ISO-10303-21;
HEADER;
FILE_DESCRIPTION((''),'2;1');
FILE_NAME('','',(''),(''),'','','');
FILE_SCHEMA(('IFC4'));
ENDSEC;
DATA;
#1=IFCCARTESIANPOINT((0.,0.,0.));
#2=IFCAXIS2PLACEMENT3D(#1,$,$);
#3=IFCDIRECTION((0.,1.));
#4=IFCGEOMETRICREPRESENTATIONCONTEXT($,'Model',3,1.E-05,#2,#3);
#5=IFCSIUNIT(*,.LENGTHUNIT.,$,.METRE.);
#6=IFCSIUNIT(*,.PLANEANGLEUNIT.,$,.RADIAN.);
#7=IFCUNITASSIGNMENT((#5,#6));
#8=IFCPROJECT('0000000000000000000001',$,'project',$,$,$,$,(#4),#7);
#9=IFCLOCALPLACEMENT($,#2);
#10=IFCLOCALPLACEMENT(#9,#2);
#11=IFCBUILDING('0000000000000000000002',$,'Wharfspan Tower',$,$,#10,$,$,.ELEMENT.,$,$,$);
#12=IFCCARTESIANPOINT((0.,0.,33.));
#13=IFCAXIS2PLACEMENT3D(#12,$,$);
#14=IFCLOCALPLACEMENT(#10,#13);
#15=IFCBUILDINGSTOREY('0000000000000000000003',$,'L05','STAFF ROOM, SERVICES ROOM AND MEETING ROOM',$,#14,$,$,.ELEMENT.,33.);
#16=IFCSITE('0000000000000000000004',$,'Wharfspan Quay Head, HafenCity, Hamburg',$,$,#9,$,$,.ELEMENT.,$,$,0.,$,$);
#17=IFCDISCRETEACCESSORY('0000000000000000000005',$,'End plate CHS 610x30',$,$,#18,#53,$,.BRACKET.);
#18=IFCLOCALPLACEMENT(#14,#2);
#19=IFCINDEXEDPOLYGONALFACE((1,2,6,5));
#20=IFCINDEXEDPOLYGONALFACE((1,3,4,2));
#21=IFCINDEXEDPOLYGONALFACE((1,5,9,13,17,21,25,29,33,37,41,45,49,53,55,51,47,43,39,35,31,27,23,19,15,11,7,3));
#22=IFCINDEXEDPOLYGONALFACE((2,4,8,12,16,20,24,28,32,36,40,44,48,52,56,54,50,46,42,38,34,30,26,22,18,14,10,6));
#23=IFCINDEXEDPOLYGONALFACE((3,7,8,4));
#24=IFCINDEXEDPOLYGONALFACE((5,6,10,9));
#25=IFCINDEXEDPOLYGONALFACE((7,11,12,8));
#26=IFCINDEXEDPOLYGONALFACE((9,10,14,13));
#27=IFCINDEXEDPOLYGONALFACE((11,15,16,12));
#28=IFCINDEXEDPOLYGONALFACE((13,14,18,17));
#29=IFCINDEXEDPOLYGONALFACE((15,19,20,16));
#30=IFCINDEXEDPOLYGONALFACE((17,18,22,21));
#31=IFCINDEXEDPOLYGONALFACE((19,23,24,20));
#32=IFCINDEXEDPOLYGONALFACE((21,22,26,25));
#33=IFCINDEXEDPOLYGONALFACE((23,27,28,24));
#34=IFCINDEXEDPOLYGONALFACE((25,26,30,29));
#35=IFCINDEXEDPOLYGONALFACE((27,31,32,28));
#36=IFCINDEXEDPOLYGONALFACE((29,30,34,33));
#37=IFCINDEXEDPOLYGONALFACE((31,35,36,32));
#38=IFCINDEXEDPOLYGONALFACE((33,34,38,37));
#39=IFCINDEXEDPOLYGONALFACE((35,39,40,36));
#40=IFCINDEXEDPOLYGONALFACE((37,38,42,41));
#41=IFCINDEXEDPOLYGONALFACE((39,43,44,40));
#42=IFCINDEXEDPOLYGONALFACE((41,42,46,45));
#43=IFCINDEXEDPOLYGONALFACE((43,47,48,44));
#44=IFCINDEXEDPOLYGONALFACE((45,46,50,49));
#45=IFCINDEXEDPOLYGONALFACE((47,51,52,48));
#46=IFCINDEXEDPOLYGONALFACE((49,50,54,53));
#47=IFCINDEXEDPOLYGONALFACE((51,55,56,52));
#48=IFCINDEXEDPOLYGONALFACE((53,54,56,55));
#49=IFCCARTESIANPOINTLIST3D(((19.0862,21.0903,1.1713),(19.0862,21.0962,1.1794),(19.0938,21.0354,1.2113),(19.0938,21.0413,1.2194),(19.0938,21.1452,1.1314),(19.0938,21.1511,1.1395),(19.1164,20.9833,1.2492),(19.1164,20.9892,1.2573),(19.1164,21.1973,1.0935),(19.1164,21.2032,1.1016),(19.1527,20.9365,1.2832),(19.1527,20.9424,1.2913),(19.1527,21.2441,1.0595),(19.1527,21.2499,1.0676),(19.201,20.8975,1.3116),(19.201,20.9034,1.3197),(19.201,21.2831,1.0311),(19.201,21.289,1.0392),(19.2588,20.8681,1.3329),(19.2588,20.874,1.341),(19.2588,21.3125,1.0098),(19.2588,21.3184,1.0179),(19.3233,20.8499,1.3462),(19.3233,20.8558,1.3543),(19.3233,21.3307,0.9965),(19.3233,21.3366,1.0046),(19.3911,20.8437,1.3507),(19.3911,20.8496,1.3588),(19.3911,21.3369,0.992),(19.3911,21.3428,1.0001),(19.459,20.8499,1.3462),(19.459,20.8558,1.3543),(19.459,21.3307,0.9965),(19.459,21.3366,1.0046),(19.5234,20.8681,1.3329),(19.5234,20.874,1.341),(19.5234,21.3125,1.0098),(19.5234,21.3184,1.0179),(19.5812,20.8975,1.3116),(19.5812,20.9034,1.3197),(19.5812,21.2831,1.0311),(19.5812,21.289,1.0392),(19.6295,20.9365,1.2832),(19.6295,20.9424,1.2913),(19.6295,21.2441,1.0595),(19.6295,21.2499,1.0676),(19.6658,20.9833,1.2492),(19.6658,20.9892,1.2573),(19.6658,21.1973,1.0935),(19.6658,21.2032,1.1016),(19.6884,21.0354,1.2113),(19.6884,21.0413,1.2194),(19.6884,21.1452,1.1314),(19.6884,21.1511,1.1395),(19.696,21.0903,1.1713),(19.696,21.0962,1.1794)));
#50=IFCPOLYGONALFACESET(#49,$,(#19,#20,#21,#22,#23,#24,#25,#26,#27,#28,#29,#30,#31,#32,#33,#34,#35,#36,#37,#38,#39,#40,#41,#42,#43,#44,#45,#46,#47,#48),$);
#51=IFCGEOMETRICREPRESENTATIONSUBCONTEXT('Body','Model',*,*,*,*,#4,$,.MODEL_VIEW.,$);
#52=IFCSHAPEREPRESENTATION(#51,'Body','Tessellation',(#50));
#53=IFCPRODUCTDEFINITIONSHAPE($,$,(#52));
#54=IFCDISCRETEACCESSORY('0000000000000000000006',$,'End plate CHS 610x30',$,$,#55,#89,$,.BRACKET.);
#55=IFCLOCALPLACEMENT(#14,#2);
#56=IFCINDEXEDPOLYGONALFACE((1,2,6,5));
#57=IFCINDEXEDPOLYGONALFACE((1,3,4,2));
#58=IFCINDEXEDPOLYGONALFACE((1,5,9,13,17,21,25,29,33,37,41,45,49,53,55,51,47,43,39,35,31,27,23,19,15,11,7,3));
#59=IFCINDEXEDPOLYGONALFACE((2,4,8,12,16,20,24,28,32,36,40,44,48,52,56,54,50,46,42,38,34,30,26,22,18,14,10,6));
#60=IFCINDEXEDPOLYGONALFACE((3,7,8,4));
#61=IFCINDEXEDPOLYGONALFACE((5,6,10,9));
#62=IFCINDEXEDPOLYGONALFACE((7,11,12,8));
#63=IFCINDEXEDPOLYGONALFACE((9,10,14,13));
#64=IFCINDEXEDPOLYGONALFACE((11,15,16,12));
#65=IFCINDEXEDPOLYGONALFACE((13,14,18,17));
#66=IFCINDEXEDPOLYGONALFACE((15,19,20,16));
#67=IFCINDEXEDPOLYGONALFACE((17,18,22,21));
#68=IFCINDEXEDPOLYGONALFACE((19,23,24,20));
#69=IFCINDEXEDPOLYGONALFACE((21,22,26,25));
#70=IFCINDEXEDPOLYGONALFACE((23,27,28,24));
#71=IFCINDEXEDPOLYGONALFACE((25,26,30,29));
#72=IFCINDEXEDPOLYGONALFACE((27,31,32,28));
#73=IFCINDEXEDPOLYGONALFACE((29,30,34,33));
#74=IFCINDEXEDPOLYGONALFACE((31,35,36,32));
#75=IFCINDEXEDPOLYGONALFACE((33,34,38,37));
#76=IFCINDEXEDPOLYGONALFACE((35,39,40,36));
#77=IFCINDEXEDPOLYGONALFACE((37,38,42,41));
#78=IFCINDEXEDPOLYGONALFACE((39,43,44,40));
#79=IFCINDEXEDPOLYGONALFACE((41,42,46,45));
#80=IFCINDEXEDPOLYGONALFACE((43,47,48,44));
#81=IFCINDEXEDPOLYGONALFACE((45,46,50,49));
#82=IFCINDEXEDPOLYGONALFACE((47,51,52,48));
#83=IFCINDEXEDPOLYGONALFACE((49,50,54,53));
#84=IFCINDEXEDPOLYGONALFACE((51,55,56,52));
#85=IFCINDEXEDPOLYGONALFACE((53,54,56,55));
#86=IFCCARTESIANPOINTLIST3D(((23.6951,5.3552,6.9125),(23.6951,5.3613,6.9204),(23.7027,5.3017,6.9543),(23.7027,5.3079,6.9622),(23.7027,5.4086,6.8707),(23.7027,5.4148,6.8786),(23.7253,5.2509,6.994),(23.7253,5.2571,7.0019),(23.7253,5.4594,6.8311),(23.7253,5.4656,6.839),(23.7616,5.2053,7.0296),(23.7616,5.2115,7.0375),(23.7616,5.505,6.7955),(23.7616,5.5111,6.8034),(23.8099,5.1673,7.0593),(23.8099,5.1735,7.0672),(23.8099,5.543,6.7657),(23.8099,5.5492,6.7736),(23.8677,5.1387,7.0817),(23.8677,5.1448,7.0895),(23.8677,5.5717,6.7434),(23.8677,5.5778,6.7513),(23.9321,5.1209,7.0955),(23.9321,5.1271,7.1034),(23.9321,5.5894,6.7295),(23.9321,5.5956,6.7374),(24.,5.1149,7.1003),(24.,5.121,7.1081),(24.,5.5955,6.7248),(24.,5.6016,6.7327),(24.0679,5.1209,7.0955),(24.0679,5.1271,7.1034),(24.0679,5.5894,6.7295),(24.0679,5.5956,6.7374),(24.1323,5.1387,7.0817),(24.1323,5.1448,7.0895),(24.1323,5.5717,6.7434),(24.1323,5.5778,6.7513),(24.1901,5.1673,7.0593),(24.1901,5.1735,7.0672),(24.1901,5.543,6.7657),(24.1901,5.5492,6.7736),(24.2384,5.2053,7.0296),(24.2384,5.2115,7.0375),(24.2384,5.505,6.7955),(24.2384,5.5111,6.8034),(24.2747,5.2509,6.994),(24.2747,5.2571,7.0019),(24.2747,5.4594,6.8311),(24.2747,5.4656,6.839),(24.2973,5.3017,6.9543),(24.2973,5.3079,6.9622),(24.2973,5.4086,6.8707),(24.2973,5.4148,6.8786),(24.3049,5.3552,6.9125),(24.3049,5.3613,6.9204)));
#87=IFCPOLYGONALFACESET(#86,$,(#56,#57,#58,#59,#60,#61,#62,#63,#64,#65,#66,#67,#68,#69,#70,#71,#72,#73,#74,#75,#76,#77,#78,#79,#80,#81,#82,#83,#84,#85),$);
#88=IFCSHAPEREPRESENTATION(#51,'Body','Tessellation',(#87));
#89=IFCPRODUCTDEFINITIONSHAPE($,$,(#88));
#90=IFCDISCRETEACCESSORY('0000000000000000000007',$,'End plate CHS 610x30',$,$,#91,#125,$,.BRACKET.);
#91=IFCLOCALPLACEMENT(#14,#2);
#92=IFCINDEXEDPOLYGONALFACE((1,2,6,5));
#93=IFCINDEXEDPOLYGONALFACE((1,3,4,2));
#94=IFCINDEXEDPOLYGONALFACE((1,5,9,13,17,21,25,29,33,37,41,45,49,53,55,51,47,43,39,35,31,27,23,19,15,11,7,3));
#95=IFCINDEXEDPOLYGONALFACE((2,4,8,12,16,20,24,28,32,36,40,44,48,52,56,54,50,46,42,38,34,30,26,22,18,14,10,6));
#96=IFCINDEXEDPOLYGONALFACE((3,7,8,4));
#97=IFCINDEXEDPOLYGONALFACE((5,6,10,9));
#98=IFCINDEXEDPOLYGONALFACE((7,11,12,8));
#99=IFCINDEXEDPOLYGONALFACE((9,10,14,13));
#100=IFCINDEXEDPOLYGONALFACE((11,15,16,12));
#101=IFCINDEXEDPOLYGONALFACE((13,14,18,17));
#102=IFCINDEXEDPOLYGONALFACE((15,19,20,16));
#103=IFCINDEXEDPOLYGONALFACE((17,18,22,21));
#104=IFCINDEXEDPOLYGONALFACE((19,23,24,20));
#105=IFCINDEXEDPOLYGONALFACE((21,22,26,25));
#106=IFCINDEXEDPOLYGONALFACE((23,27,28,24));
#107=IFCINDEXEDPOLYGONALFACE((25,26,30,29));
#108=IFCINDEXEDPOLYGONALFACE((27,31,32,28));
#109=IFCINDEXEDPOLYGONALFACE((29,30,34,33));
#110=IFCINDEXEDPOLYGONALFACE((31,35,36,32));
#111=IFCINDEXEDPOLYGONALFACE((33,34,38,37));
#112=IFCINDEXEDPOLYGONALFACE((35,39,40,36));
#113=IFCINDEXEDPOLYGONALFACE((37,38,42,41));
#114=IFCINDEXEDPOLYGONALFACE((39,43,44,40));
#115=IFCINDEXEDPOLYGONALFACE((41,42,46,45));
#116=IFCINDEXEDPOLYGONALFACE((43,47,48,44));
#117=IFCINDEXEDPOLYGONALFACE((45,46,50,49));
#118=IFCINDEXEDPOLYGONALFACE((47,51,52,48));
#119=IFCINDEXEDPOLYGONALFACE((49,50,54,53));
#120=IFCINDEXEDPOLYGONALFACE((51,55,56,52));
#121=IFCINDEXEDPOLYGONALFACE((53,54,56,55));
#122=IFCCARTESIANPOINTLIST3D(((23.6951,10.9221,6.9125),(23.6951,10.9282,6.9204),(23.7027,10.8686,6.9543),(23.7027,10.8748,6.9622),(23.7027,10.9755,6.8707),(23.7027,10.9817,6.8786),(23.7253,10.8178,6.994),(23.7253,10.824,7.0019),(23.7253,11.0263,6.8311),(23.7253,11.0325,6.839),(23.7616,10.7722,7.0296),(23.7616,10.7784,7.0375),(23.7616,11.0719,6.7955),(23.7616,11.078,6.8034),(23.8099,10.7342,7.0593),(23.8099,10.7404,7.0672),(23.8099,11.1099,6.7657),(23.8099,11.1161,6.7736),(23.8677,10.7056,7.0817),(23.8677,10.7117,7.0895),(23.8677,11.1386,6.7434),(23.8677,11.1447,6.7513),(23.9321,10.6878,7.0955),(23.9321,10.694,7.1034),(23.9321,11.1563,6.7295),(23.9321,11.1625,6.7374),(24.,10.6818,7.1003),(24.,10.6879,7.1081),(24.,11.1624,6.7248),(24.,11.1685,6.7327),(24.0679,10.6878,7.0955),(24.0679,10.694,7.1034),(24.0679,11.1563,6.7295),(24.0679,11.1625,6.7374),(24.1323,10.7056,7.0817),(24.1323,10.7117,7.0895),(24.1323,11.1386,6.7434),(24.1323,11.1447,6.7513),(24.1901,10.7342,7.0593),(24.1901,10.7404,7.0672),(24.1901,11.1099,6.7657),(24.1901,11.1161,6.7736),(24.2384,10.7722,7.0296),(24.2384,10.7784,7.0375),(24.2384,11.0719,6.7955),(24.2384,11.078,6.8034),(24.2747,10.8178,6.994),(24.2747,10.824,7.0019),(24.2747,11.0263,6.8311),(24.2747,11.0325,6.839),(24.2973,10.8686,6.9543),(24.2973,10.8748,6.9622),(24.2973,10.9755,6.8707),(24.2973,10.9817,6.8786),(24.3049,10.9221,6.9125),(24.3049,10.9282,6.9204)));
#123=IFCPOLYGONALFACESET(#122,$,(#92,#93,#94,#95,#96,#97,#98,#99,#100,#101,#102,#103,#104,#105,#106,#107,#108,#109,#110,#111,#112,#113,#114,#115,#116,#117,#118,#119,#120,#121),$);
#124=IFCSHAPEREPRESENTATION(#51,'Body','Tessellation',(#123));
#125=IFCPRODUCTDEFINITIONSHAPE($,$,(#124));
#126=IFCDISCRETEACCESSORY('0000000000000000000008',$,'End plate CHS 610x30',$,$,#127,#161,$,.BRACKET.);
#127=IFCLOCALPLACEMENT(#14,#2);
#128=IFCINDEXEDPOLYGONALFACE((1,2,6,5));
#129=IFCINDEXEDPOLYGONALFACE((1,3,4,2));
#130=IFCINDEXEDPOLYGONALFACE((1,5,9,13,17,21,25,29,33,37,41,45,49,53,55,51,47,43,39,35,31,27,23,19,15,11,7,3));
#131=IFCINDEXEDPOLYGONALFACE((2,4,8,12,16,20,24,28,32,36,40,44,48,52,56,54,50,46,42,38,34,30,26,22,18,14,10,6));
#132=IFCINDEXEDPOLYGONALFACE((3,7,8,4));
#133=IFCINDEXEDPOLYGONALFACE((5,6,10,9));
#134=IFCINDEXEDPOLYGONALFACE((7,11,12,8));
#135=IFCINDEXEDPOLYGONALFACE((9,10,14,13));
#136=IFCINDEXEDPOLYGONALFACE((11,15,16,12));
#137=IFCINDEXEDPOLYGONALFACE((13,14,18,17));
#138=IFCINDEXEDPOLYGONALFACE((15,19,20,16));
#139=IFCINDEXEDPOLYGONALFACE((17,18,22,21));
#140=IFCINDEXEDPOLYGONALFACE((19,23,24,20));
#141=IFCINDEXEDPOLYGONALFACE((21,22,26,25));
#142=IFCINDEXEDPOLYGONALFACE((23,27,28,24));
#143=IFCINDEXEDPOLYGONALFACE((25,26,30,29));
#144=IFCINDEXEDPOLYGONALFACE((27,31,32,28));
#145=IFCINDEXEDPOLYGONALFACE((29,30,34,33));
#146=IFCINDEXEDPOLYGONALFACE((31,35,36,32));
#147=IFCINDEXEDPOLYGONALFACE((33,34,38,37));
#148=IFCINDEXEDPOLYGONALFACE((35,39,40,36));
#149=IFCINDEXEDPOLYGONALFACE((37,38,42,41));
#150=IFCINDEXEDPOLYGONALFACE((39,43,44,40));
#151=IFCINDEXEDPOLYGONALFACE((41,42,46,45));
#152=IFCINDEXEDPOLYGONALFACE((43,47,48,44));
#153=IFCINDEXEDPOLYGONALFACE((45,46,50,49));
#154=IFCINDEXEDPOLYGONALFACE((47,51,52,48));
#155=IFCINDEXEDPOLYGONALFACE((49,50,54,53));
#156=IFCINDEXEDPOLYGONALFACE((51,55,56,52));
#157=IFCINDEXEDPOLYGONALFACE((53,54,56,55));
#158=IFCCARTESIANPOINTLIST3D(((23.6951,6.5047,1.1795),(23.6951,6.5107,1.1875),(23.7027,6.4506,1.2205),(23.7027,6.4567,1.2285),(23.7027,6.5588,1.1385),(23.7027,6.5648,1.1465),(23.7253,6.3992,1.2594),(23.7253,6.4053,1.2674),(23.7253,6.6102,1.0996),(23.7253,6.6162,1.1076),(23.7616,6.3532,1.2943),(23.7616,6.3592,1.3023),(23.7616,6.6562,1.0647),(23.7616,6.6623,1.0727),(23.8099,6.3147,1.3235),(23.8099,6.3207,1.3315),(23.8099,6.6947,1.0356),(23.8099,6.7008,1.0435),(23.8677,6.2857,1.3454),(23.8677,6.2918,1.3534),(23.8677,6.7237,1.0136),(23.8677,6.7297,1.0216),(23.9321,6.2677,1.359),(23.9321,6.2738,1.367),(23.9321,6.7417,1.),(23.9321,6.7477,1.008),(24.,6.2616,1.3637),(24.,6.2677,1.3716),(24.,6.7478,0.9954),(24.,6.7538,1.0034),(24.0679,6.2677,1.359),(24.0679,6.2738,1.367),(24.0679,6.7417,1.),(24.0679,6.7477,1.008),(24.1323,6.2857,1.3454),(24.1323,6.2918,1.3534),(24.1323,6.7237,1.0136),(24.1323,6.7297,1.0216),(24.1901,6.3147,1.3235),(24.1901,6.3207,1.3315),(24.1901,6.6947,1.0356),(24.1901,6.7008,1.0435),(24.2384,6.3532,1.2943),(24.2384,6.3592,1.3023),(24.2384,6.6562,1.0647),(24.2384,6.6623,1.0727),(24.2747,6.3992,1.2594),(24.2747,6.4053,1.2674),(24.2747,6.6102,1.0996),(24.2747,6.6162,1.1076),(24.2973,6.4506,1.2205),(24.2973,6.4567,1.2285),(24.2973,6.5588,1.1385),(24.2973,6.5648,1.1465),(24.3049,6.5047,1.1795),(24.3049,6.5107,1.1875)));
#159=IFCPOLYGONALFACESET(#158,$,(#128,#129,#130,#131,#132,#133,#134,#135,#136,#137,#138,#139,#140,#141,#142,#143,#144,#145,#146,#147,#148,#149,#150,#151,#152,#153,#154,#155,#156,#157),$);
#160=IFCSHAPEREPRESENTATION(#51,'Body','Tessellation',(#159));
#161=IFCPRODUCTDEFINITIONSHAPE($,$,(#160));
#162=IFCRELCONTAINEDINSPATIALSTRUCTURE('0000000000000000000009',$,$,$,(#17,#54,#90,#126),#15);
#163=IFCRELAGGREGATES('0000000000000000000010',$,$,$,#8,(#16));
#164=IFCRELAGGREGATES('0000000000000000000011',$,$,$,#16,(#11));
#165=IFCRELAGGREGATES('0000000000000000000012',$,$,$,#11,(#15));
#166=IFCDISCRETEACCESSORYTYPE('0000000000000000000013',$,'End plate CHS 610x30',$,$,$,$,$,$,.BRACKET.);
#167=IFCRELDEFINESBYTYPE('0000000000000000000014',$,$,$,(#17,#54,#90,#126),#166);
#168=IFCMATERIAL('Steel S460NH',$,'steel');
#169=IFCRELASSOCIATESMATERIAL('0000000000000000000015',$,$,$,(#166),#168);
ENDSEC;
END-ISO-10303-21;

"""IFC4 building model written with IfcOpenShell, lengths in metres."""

from ifc_helpers import new_model, si_unit, direction, frame, origin, origin_2d, place, context, subcontext, project, spatial, circle, extrude, material, material_profile, profile_set, type_object, element, save


model = new_model("IFC4")

# Units and contexts
model_context = context("Model", 3, precision=1e-05, world=origin(), true_north=direction((0.0, 1.0)))
body_context = subcontext(model_context, "Body", "Model", "MODEL_VIEW")
ifc_project = project(units=[si_unit("LENGTHUNIT", "METRE"), si_unit("PLANEANGLEUNIT", "RADIAN")], contexts=[model_context])

# Site, building, storey
site_placement = place(None, origin())
site = spatial("IfcSite", under=ifc_project, at=site_placement, Name="Wharfspan Quay Head, HafenCity, Hamburg", CompositionType="ELEMENT", RefElevation=0.0)
building_placement = place(site_placement, origin())
building = spatial("IfcBuilding", under=site, at=building_placement, Name="Wharfspan Tower", CompositionType="ELEMENT")
storey_placement = place(building_placement, frame((0.0, 0.0, 33.0)))
storey = spatial("IfcBuildingStorey", under=building, at=storey_placement, Name="L05", Description="STAFF ROOM, SERVICES ROOM AND MEETING ROOM", CompositionType="ELEMENT", Elevation=33.0)

# Shared definitions
ifc_material_1 = material(Name="Steel S460NH", Category="steel")

# Discrete accessories
ifc_material_profile_1 = material_profile(ifc_material_1, circle(Radius=0.3049, at=origin_2d()))
ifc_profile_set_1 = profile_set([ifc_material_profile_1], Name="Steel S460NH")
discrete_accessory_type = type_object("IfcDiscreteAccessoryType", Name="End plate CHS 610x30", PredefinedType="BRACKET", material=ifc_profile_set_1)
for number, where, z_axis, x_axis, name in (
    (1, (19.3911, 21.0962, 1.1794), (0.0, -0.588172, -0.808736), (1.0, 0.0, 0.0), "End plate CHS 610x30"),
    (2, (24.0, 5.3613, 6.9204), (0.0, -0.615644, -0.788024), (1.0, 0.0, 0.0), "End plate CHS 610x30"),
    (3, (24.0, 10.9282, 6.9204), (0.0, -0.615644, -0.788024), (1.0, 0.0, 0.0), "End plate CHS 610x30"),
    (4, (24.0, 6.5107, 1.1875), (0.0, -0.603858, -0.797092), (1.0, 0.0, 0.0), "End plate CHS 610x30"),
):
    element("IfcDiscreteAccessory", number, at=place(storey_placement, frame(where, z_axis=z_axis, x_axis=x_axis)), inside=storey, type_object=discrete_accessory_type, Name=name, PredefinedType="BRACKET", context=body_context, shape_type="SweptSolid", body=[
        extrude(circle(Radius=0.3049, at=origin_2d()), origin(), (0.0, 0.0, 1.0), 0.01),
    ])

save(model, "model.ifc")
